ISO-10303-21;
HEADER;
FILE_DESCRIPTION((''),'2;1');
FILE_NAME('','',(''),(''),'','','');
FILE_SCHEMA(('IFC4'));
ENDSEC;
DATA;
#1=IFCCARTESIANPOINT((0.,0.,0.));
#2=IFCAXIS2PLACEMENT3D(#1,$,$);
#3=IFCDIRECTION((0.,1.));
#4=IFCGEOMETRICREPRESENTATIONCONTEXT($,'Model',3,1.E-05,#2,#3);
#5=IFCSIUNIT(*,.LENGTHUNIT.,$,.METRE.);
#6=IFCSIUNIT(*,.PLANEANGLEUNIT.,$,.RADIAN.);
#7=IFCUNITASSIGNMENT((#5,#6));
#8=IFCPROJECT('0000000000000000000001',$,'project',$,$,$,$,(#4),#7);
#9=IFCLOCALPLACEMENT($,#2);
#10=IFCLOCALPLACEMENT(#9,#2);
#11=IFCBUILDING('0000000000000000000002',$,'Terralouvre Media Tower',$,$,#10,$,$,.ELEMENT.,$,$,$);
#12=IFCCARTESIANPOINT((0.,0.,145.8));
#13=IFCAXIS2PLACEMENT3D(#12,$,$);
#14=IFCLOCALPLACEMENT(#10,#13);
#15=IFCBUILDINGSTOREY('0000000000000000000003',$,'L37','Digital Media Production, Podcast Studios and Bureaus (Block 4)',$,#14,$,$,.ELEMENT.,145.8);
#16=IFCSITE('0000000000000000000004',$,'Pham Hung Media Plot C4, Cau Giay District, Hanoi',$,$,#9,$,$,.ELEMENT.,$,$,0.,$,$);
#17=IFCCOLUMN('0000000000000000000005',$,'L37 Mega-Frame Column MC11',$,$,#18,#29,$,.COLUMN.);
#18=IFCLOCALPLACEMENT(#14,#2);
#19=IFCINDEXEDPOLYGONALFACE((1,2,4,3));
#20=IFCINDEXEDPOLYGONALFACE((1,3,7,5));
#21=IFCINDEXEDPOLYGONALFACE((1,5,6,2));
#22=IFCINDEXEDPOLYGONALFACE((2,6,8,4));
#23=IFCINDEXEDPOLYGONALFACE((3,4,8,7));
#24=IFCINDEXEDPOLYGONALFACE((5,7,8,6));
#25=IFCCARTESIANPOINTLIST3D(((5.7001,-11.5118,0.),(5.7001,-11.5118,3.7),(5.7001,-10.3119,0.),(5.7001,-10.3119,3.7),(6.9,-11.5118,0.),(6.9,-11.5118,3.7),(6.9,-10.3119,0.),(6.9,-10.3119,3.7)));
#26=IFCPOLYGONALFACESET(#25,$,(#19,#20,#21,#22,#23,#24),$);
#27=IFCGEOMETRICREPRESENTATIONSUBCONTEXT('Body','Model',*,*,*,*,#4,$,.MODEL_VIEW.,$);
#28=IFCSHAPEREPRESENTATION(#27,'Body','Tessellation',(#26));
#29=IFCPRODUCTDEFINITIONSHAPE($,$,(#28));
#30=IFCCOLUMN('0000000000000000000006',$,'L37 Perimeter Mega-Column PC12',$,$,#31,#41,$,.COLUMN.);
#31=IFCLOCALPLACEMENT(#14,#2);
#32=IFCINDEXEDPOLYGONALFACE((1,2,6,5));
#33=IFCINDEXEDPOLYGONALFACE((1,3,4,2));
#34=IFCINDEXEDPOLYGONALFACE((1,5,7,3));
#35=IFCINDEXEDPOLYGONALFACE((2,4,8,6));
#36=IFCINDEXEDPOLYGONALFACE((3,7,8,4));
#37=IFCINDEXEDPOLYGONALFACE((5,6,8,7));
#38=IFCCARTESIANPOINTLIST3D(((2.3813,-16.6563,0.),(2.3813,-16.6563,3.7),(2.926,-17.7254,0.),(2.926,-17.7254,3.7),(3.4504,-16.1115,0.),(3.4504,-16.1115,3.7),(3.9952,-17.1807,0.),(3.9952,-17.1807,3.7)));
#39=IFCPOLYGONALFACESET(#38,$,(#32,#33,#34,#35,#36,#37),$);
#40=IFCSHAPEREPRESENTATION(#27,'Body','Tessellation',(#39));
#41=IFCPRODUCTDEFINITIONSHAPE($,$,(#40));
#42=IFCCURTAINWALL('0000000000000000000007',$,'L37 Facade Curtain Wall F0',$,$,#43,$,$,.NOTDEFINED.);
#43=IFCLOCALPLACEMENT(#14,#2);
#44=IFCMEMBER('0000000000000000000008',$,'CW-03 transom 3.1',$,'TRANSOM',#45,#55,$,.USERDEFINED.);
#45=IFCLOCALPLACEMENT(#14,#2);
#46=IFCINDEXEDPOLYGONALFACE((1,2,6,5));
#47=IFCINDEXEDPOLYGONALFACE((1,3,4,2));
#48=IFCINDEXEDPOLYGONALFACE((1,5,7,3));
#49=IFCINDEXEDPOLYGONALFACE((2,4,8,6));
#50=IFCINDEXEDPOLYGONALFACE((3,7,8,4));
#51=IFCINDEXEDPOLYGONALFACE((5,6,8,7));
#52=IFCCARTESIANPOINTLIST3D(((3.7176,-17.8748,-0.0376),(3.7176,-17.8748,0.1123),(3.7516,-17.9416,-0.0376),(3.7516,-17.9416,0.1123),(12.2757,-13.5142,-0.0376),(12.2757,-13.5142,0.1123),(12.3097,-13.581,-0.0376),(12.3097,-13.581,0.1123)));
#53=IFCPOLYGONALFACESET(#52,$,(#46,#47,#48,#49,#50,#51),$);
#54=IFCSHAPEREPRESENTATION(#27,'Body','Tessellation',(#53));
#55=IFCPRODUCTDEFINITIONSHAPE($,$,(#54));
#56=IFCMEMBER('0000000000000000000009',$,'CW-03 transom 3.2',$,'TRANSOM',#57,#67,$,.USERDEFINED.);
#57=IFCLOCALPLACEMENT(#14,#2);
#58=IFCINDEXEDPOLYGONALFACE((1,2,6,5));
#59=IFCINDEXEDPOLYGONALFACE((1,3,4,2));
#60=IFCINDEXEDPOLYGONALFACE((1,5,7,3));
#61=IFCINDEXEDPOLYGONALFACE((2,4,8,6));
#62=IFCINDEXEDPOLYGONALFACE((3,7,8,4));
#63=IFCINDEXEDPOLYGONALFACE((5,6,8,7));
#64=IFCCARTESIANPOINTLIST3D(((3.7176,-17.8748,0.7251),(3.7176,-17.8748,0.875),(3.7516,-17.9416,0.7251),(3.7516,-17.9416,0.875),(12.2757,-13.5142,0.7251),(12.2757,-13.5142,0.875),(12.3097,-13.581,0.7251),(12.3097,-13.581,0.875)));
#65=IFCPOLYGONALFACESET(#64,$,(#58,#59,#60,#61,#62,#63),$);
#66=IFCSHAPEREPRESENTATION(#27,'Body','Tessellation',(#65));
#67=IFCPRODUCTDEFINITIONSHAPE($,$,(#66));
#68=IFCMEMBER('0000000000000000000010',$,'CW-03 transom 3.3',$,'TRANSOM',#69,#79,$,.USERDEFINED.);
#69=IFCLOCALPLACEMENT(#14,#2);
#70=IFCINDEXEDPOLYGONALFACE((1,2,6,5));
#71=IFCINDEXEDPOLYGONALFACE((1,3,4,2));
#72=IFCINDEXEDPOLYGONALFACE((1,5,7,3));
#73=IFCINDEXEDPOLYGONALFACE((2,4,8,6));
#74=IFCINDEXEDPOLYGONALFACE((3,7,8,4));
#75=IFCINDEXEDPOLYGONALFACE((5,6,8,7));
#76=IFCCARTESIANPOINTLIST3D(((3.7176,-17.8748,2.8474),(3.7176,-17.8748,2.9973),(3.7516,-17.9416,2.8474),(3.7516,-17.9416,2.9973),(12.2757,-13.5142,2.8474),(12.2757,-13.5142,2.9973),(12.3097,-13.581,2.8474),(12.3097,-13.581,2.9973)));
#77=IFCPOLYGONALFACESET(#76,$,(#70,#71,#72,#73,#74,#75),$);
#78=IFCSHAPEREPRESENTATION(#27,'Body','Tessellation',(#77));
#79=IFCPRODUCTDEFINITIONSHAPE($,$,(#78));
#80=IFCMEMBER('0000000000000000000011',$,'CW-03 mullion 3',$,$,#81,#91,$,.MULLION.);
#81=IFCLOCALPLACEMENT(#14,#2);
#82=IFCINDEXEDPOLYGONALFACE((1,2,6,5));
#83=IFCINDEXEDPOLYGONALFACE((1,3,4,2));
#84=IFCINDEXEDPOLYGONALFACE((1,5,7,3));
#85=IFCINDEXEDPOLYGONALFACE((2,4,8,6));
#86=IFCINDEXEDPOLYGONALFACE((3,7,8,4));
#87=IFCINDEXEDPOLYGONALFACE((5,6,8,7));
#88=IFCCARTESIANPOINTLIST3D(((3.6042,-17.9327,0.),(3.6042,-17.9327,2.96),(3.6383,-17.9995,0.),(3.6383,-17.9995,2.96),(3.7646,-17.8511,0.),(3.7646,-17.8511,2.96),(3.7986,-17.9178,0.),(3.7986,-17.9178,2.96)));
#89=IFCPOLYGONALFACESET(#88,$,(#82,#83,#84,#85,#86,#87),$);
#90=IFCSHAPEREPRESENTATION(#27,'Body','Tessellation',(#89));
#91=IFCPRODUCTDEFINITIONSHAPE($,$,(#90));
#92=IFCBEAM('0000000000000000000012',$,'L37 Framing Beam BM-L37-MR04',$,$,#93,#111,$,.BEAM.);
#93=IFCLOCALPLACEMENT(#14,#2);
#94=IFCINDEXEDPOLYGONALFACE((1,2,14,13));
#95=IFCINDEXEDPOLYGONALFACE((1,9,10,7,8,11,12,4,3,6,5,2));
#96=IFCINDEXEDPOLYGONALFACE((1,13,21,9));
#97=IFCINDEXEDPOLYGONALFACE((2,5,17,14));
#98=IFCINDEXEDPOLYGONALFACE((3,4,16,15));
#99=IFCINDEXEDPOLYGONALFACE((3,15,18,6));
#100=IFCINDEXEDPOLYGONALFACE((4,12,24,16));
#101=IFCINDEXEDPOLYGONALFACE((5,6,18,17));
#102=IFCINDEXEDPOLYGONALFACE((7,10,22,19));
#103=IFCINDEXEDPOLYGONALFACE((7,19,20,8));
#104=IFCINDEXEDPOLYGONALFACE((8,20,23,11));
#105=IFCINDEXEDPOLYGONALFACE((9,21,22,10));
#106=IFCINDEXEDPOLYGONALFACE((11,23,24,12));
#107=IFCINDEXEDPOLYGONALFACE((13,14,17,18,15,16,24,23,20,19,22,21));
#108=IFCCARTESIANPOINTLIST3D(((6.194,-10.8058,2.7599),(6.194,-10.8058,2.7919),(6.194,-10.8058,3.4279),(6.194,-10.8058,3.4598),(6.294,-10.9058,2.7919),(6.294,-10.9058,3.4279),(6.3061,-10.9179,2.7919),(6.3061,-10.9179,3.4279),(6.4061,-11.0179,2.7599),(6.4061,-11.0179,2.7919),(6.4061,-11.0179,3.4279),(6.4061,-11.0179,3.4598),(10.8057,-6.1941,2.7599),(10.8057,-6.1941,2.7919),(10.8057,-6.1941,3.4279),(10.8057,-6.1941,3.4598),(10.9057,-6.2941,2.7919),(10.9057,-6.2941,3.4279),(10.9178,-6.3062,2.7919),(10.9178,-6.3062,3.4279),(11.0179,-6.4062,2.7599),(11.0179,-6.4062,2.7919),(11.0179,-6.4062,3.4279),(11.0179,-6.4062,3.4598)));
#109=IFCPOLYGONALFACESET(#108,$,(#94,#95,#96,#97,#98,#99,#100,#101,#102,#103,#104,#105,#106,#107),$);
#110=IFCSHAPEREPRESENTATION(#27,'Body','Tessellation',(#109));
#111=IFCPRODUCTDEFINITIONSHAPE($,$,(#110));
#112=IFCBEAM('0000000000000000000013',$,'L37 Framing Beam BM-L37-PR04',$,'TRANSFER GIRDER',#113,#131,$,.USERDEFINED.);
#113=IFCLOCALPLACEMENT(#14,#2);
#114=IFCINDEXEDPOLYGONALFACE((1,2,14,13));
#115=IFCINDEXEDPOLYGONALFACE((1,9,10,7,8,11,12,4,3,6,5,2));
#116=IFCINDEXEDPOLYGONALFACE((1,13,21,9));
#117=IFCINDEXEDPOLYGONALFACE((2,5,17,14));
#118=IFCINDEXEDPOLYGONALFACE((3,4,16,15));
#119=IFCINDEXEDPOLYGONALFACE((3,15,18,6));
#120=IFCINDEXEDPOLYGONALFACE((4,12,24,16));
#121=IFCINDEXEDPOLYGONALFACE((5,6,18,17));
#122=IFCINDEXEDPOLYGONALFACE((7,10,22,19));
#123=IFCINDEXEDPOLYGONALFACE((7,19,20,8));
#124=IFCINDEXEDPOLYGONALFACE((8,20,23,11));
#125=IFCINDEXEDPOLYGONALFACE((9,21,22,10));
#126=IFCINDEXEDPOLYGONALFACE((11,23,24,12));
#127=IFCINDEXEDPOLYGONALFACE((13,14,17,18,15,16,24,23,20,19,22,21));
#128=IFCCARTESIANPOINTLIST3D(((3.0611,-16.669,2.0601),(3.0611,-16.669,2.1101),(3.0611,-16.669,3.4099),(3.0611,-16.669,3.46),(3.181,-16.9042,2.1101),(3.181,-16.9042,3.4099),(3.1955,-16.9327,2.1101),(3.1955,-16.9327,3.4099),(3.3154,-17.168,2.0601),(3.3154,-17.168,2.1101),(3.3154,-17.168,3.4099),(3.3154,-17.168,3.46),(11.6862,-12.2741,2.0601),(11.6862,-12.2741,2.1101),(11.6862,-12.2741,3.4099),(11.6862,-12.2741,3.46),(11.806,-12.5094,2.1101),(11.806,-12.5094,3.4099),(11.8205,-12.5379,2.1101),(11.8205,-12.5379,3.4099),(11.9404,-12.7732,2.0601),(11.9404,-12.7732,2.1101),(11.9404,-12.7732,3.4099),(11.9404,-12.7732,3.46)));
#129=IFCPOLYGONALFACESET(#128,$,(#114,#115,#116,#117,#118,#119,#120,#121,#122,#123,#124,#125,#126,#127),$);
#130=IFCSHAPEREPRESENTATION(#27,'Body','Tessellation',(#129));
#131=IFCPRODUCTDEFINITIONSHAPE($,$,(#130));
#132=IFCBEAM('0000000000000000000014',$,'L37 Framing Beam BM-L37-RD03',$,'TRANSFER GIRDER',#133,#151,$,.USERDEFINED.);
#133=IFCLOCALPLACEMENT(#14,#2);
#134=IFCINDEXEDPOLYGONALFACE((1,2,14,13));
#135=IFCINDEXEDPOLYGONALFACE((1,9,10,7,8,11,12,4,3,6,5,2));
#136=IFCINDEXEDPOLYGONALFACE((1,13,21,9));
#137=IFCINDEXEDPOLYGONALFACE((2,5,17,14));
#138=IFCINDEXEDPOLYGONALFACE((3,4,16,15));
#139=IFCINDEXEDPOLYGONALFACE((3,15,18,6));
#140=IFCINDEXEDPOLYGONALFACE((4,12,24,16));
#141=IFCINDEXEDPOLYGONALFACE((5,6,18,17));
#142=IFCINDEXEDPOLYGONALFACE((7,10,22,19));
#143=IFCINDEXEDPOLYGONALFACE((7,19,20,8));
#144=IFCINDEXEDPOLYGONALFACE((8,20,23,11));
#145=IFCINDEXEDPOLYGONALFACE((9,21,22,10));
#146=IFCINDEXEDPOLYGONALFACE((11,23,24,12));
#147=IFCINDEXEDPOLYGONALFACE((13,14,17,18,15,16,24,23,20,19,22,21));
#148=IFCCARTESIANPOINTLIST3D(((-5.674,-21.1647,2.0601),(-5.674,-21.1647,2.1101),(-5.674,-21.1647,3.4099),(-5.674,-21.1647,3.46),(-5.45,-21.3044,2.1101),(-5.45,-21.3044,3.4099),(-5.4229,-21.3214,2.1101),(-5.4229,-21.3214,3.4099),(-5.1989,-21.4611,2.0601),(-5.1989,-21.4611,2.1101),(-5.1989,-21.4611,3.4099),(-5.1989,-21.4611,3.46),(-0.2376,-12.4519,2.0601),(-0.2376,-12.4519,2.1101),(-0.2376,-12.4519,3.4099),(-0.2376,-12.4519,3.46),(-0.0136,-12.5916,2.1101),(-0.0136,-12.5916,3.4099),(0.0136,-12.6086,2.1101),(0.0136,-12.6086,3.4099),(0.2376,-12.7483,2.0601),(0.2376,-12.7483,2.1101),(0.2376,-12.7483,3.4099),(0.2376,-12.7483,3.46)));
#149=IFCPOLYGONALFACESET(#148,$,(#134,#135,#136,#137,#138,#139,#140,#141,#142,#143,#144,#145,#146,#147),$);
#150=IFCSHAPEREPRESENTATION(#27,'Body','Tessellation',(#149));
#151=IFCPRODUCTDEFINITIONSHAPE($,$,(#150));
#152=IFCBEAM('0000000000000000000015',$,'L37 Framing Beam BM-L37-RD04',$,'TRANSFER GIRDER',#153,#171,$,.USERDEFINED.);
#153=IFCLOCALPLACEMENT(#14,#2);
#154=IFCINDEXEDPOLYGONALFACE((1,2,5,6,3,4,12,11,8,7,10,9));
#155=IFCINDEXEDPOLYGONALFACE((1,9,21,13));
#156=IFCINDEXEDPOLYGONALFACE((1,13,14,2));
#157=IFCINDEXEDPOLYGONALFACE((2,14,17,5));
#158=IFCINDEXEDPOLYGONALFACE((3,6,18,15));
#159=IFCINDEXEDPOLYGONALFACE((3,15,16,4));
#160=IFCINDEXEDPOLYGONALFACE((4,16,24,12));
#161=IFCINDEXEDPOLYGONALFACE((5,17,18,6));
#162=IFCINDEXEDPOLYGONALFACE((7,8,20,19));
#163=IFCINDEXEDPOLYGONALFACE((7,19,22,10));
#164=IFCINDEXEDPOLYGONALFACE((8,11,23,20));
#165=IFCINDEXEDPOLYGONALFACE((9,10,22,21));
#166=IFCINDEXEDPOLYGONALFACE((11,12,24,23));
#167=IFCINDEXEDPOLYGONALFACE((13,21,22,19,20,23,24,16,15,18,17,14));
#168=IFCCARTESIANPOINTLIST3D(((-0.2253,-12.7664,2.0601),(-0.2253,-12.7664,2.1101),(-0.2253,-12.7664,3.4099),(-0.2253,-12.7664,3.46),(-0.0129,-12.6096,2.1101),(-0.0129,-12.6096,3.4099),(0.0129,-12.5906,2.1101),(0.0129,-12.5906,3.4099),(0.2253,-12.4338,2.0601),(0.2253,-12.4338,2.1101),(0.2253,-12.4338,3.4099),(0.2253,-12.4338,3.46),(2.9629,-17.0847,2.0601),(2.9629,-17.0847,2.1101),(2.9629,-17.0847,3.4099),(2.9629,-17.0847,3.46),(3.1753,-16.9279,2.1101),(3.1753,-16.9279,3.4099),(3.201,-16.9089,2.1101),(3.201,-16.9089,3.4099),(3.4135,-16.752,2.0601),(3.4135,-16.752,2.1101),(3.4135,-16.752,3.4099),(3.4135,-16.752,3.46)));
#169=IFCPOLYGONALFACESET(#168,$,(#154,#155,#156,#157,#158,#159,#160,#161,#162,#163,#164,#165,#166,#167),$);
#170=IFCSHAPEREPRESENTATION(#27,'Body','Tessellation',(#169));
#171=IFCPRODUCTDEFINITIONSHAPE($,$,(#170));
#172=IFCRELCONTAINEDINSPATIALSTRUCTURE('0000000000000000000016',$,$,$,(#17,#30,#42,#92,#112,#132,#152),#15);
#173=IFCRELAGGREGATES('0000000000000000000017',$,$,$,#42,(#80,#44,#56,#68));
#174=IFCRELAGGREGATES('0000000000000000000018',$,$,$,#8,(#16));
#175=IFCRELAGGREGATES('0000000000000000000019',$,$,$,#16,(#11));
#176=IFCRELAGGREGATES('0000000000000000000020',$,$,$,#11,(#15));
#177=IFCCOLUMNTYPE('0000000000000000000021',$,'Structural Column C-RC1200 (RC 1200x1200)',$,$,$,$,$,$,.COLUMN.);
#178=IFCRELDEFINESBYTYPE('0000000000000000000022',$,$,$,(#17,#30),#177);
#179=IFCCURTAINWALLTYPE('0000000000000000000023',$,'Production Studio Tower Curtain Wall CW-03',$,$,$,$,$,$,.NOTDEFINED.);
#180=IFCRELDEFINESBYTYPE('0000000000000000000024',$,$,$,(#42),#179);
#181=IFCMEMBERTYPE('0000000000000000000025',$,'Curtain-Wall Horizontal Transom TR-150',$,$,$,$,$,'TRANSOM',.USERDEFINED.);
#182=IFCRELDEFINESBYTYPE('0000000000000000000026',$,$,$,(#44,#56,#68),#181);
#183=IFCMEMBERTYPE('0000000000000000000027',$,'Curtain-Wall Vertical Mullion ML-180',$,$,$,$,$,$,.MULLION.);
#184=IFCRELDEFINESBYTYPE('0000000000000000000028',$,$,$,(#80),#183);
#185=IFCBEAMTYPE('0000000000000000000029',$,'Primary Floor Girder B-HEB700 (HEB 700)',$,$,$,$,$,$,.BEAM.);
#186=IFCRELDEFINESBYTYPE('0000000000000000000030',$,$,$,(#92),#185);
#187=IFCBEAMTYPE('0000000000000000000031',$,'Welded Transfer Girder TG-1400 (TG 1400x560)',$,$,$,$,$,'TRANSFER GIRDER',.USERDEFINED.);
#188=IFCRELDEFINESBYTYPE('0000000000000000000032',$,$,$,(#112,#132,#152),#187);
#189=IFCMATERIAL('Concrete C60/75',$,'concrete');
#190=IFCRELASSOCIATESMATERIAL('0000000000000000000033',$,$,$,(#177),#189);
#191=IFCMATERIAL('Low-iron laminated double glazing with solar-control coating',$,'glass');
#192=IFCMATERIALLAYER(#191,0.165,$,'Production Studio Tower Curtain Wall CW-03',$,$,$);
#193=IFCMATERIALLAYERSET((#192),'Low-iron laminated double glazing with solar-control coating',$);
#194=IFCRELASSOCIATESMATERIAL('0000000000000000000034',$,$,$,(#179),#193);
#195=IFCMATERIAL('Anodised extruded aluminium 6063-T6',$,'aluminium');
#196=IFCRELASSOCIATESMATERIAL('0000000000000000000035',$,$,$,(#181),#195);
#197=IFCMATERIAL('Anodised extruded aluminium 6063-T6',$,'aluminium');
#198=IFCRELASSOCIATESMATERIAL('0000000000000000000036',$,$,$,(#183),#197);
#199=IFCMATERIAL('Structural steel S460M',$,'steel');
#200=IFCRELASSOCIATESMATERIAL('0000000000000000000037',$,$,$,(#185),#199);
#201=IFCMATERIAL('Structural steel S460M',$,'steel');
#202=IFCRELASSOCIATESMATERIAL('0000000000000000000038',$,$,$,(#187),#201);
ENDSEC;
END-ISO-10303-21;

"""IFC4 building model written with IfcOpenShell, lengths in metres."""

from ifc_helpers import new_model, si_unit, direction, frame, origin, origin_2d, place, context, subcontext, project, spatial, rectangle, i_section, extrude, material, layer, layer_set, material_profile, profile_set, type_object, element, aggregate, save


model = new_model("IFC4")

# Units and contexts
model_context = context("Model", 3, precision=1e-05, world=origin(), true_north=direction((0.0, 1.0)))
body_context = subcontext(model_context, "Body", "Model", "MODEL_VIEW")
ifc_project = project(units=[si_unit("LENGTHUNIT", "METRE"), si_unit("PLANEANGLEUNIT", "RADIAN")], contexts=[model_context])

# Site, building, storey
site_placement = place(None, origin())
site = spatial("IfcSite", under=ifc_project, at=site_placement, Name="Pham Hung Media Plot C4, Cau Giay District, Hanoi", CompositionType="ELEMENT", RefElevation=0.0)
building_placement = place(site_placement, origin())
building = spatial("IfcBuilding", under=site, at=building_placement, Name="Terralouvre Media Tower", CompositionType="ELEMENT")
storey_placement = place(building_placement, frame((0.0, 0.0, 145.8)))
storey = spatial("IfcBuildingStorey", under=building, at=storey_placement, Name="L37", Description="Digital Media Production, Podcast Studios and Bureaus (Block 4)", CompositionType="ELEMENT", Elevation=145.8)

# Columns
ifc_material_1 = material(Name="Concrete C60/75", Category="concrete")
ifc_material_profile_1 = material_profile(ifc_material_1, rectangle(XDim=1.2, YDim=1.2, at=origin_2d()), Name="RC 1200x1200")
ifc_profile_set_1 = profile_set([ifc_material_profile_1], Name="Concrete C60/75")
column_type = type_object("IfcColumnType", Name="Structural Column C-RC1200 (RC 1200x1200)", PredefinedType="COLUMN", material=ifc_profile_set_1)
for number, where, z_axis, x_axis, name in (
    (1, (6.3, -10.9119, 0.0), (0.0, 0.0, 1.0), (1.0, 0.0, 0.0), "L37 Mega-Frame Column MC11"),
    (2, (3.1882, -16.9185, 0.0), (0.0, 0.0, 1.0), (0.891007, 0.45399, 0.0), "L37 Perimeter Mega-Column PC12"),
):
    element("IfcColumn", number, at=place(storey_placement, frame(where, z_axis=z_axis, x_axis=x_axis)), inside=storey, type_object=column_type, Name=name, PredefinedType="COLUMN", context=body_context, shape_type="SweptSolid", body=[
        extrude(rectangle(XDim=1.2, YDim=1.2, at=origin_2d()), origin(), (0.0, 0.0, 1.0), 3.7),
    ])

# Curtain wall, members
ifc_material_2 = material(Name="Low-iron laminated double glazing with solar-control coating", Category="glass")
ifc_layer_1 = layer(ifc_material_2, 0.165, Name="Production Studio Tower Curtain Wall CW-03")
ifc_layer_set_1 = layer_set([ifc_layer_1], Name="Low-iron laminated double glazing with solar-control coating")
curtain_wall_type = type_object("IfcCurtainWallType", Name="Production Studio Tower Curtain Wall CW-03", PredefinedType="NOTDEFINED", material=ifc_layer_set_1)
curtain_wall_placement = place(storey_placement, origin())
curtain_wall = element("IfcCurtainWall", 3, at=curtain_wall_placement, inside=storey, type_object=curtain_wall_type, Name="L37 Facade Curtain Wall F0", PredefinedType="NOTDEFINED")
ifc_material_3 = material(Name="Anodised extruded aluminium 6063-T6", Category="aluminium")
ifc_material_profile_2 = material_profile(ifc_material_3, rectangle(XDim=0.075, YDim=0.1499, at=origin_2d()), Name="ALU 75x150")
ifc_profile_set_2 = profile_set([ifc_material_profile_2], Name="Anodised extruded aluminium 6063-T6")
member_type_1 = type_object("IfcMemberType", Name="Curtain-Wall Horizontal Transom TR-150", ElementType="TRANSOM", PredefinedType="USERDEFINED", material=ifc_profile_set_2)
member_1_placement = place(storey_placement, frame((3.7346, -17.9082, 0.0374), z_axis=(0.891006, 0.453992, 0.0), x_axis=(-0.453992, 0.891006, 0.0)))
member_1 = element("IfcMember", 4, at=member_1_placement, type_object=member_type_1, Name="CW-03 transom 3.1", ObjectType="TRANSOM", PredefinedType="USERDEFINED", context=body_context, shape_type="SweptSolid", body=[
    extrude(rectangle(XDim=0.075, YDim=0.1499, at=origin_2d()), origin(), (0.0, 0.0, 1.0), 9.605),
])
member_2_placement = place(storey_placement, frame((3.7346, -17.9082, 0.8), z_axis=(0.891006, 0.453992, 0.0), x_axis=(-0.453992, 0.891006, 0.0)))
member_2 = element("IfcMember", 5, at=member_2_placement, type_object=member_type_1, Name="CW-03 transom 3.2", ObjectType="TRANSOM", PredefinedType="USERDEFINED", context=body_context, shape_type="SweptSolid", body=[
    extrude(rectangle(XDim=0.075, YDim=0.1499, at=origin_2d()), origin(), (0.0, 0.0, 1.0), 9.605),
])
member_3_placement = place(storey_placement, frame((3.7346, -17.9082, 2.9224), z_axis=(0.891006, 0.453992, 0.0), x_axis=(-0.453992, 0.891006, 0.0)))
member_3 = element("IfcMember", 6, at=member_3_placement, type_object=member_type_1, Name="CW-03 transom 3.3", ObjectType="TRANSOM", PredefinedType="USERDEFINED", context=body_context, shape_type="SweptSolid", body=[
    extrude(rectangle(XDim=0.075, YDim=0.1499, at=origin_2d()), origin(), (0.0, 0.0, 1.0), 9.605),
])
ifc_material_4 = material(Name="Anodised extruded aluminium 6063-T6", Category="aluminium")
ifc_material_profile_3 = material_profile(ifc_material_4, rectangle(XDim=0.075, YDim=0.1799, at=origin_2d()), Name="ALU 75x180")
ifc_profile_set_3 = profile_set([ifc_material_profile_3], Name="Anodised extruded aluminium 6063-T6")
member_type_2 = type_object("IfcMemberType", Name="Curtain-Wall Vertical Mullion ML-180", PredefinedType="MULLION", material=ifc_profile_set_3)
member_4_placement = place(storey_placement, frame((3.7014, -17.9253, 0.0), z_axis=(0.0, 0.0, 1.0), x_axis=(-0.453991, 0.891007, 0.0)))
member_4 = element("IfcMember", 7, at=member_4_placement, type_object=member_type_2, Name="CW-03 mullion 3", PredefinedType="MULLION", context=body_context, shape_type="SweptSolid", body=[
    extrude(rectangle(XDim=0.075, YDim=0.1799, at=origin_2d()), origin(), (0.0, 0.0, 1.0), 2.96),
])

# Beams
ifc_material_5 = material(Name="Structural steel S460M", Category="steel")
ifc_material_profile_4 = material_profile(ifc_material_5, i_section(OverallWidth=0.3, OverallDepth=0.7, WebThickness=0.0171, FlangeThickness=0.032, at=origin_2d()), Name="HEB 700")
ifc_profile_set_4 = profile_set([ifc_material_profile_4], Name="Structural steel S460M")
beam_type_1 = type_object("IfcBeamType", Name="Primary Floor Girder B-HEB700 (HEB 700)", PredefinedType="BEAM", material=ifc_profile_set_4)
beam_1_placement = place(storey_placement, frame((6.3, -10.9119, 3.1099), z_axis=(0.707107, 0.707107, 0.0), x_axis=(-0.707107, 0.707107, 0.0)))
element("IfcBeam", 8, at=beam_1_placement, inside=storey, type_object=beam_type_1, Name="L37 Framing Beam BM-L37-MR04", PredefinedType="BEAM", context=body_context, shape_type="SweptSolid", body=[
    extrude(i_section(OverallWidth=0.3, OverallDepth=0.7, WebThickness=0.0171, FlangeThickness=0.032, at=origin_2d()), origin(), (0.0, 0.0, 1.0), 6.522),
])
ifc_material_6 = material(Name="Structural steel S460M", Category="steel")
ifc_material_profile_5 = material_profile(ifc_material_6, i_section(OverallWidth=0.5601, OverallDepth=1.3999, WebThickness=0.032, FlangeThickness=0.05, at=origin_2d()), Name="TG 1400x560")
ifc_profile_set_5 = profile_set([ifc_material_profile_5], Name="Structural steel S460M")
beam_type_2 = type_object("IfcBeamType", Name="Welded Transfer Girder TG-1400 (TG 1400x560)", ElementType="TRANSFER GIRDER", PredefinedType="USERDEFINED", material=ifc_profile_set_5)
beam_2_placement = place(storey_placement, frame((3.1882, -16.9185, 2.76), z_axis=(0.891002, 0.454, 0.0), x_axis=(-0.454, 0.891002, 0.0)))
element("IfcBeam", 9, at=beam_2_placement, inside=storey, type_object=beam_type_2, Name="L37 Framing Beam BM-L37-PR04", ObjectType="TRANSFER GIRDER", PredefinedType="USERDEFINED", context=body_context, shape_type="SweptSolid", body=[
    extrude(i_section(OverallWidth=0.5601, OverallDepth=1.3999, WebThickness=0.032, FlangeThickness=0.05, at=origin_2d()), origin(), (0.0, 0.0, 1.0), 9.6802),
])
beam_3_placement = place(storey_placement, frame((0.0, -12.6001, 2.76), z_axis=(-0.529366, -0.848393, 0.0), x_axis=(0.848393, -0.529366, 0.0)))
element("IfcBeam", 10, at=beam_3_placement, inside=storey, type_object=beam_type_2, Name="L37 Framing Beam BM-L37-RD03", ObjectType="TRANSFER GIRDER", PredefinedType="USERDEFINED", context=body_context, shape_type="SweptSolid", body=[
    extrude(i_section(OverallWidth=0.5601, OverallDepth=1.3999, WebThickness=0.032, FlangeThickness=0.05, at=origin_2d()), origin(), (0.0, 0.0, 1.0), 10.2698),
])
beam_4_placement = place(storey_placement, frame((0.0, -12.6001, 2.76), z_axis=(0.593957, -0.804496, 0.0), x_axis=(0.804496, 0.593957, 0.0)))
element("IfcBeam", 11, at=beam_4_placement, inside=storey, type_object=beam_type_2, Name="L37 Framing Beam BM-L37-RD04", ObjectType="TRANSFER GIRDER", PredefinedType="USERDEFINED", context=body_context, shape_type="SweptSolid", body=[
    extrude(i_section(OverallWidth=0.5601, OverallDepth=1.3999, WebThickness=0.032, FlangeThickness=0.05, at=origin_2d()), origin(), (0.0, 0.0, 1.0), 5.3677),
])

aggregate(curtain_wall, [member_4, member_1, member_2, member_3])

save(model, "model.ifc")
